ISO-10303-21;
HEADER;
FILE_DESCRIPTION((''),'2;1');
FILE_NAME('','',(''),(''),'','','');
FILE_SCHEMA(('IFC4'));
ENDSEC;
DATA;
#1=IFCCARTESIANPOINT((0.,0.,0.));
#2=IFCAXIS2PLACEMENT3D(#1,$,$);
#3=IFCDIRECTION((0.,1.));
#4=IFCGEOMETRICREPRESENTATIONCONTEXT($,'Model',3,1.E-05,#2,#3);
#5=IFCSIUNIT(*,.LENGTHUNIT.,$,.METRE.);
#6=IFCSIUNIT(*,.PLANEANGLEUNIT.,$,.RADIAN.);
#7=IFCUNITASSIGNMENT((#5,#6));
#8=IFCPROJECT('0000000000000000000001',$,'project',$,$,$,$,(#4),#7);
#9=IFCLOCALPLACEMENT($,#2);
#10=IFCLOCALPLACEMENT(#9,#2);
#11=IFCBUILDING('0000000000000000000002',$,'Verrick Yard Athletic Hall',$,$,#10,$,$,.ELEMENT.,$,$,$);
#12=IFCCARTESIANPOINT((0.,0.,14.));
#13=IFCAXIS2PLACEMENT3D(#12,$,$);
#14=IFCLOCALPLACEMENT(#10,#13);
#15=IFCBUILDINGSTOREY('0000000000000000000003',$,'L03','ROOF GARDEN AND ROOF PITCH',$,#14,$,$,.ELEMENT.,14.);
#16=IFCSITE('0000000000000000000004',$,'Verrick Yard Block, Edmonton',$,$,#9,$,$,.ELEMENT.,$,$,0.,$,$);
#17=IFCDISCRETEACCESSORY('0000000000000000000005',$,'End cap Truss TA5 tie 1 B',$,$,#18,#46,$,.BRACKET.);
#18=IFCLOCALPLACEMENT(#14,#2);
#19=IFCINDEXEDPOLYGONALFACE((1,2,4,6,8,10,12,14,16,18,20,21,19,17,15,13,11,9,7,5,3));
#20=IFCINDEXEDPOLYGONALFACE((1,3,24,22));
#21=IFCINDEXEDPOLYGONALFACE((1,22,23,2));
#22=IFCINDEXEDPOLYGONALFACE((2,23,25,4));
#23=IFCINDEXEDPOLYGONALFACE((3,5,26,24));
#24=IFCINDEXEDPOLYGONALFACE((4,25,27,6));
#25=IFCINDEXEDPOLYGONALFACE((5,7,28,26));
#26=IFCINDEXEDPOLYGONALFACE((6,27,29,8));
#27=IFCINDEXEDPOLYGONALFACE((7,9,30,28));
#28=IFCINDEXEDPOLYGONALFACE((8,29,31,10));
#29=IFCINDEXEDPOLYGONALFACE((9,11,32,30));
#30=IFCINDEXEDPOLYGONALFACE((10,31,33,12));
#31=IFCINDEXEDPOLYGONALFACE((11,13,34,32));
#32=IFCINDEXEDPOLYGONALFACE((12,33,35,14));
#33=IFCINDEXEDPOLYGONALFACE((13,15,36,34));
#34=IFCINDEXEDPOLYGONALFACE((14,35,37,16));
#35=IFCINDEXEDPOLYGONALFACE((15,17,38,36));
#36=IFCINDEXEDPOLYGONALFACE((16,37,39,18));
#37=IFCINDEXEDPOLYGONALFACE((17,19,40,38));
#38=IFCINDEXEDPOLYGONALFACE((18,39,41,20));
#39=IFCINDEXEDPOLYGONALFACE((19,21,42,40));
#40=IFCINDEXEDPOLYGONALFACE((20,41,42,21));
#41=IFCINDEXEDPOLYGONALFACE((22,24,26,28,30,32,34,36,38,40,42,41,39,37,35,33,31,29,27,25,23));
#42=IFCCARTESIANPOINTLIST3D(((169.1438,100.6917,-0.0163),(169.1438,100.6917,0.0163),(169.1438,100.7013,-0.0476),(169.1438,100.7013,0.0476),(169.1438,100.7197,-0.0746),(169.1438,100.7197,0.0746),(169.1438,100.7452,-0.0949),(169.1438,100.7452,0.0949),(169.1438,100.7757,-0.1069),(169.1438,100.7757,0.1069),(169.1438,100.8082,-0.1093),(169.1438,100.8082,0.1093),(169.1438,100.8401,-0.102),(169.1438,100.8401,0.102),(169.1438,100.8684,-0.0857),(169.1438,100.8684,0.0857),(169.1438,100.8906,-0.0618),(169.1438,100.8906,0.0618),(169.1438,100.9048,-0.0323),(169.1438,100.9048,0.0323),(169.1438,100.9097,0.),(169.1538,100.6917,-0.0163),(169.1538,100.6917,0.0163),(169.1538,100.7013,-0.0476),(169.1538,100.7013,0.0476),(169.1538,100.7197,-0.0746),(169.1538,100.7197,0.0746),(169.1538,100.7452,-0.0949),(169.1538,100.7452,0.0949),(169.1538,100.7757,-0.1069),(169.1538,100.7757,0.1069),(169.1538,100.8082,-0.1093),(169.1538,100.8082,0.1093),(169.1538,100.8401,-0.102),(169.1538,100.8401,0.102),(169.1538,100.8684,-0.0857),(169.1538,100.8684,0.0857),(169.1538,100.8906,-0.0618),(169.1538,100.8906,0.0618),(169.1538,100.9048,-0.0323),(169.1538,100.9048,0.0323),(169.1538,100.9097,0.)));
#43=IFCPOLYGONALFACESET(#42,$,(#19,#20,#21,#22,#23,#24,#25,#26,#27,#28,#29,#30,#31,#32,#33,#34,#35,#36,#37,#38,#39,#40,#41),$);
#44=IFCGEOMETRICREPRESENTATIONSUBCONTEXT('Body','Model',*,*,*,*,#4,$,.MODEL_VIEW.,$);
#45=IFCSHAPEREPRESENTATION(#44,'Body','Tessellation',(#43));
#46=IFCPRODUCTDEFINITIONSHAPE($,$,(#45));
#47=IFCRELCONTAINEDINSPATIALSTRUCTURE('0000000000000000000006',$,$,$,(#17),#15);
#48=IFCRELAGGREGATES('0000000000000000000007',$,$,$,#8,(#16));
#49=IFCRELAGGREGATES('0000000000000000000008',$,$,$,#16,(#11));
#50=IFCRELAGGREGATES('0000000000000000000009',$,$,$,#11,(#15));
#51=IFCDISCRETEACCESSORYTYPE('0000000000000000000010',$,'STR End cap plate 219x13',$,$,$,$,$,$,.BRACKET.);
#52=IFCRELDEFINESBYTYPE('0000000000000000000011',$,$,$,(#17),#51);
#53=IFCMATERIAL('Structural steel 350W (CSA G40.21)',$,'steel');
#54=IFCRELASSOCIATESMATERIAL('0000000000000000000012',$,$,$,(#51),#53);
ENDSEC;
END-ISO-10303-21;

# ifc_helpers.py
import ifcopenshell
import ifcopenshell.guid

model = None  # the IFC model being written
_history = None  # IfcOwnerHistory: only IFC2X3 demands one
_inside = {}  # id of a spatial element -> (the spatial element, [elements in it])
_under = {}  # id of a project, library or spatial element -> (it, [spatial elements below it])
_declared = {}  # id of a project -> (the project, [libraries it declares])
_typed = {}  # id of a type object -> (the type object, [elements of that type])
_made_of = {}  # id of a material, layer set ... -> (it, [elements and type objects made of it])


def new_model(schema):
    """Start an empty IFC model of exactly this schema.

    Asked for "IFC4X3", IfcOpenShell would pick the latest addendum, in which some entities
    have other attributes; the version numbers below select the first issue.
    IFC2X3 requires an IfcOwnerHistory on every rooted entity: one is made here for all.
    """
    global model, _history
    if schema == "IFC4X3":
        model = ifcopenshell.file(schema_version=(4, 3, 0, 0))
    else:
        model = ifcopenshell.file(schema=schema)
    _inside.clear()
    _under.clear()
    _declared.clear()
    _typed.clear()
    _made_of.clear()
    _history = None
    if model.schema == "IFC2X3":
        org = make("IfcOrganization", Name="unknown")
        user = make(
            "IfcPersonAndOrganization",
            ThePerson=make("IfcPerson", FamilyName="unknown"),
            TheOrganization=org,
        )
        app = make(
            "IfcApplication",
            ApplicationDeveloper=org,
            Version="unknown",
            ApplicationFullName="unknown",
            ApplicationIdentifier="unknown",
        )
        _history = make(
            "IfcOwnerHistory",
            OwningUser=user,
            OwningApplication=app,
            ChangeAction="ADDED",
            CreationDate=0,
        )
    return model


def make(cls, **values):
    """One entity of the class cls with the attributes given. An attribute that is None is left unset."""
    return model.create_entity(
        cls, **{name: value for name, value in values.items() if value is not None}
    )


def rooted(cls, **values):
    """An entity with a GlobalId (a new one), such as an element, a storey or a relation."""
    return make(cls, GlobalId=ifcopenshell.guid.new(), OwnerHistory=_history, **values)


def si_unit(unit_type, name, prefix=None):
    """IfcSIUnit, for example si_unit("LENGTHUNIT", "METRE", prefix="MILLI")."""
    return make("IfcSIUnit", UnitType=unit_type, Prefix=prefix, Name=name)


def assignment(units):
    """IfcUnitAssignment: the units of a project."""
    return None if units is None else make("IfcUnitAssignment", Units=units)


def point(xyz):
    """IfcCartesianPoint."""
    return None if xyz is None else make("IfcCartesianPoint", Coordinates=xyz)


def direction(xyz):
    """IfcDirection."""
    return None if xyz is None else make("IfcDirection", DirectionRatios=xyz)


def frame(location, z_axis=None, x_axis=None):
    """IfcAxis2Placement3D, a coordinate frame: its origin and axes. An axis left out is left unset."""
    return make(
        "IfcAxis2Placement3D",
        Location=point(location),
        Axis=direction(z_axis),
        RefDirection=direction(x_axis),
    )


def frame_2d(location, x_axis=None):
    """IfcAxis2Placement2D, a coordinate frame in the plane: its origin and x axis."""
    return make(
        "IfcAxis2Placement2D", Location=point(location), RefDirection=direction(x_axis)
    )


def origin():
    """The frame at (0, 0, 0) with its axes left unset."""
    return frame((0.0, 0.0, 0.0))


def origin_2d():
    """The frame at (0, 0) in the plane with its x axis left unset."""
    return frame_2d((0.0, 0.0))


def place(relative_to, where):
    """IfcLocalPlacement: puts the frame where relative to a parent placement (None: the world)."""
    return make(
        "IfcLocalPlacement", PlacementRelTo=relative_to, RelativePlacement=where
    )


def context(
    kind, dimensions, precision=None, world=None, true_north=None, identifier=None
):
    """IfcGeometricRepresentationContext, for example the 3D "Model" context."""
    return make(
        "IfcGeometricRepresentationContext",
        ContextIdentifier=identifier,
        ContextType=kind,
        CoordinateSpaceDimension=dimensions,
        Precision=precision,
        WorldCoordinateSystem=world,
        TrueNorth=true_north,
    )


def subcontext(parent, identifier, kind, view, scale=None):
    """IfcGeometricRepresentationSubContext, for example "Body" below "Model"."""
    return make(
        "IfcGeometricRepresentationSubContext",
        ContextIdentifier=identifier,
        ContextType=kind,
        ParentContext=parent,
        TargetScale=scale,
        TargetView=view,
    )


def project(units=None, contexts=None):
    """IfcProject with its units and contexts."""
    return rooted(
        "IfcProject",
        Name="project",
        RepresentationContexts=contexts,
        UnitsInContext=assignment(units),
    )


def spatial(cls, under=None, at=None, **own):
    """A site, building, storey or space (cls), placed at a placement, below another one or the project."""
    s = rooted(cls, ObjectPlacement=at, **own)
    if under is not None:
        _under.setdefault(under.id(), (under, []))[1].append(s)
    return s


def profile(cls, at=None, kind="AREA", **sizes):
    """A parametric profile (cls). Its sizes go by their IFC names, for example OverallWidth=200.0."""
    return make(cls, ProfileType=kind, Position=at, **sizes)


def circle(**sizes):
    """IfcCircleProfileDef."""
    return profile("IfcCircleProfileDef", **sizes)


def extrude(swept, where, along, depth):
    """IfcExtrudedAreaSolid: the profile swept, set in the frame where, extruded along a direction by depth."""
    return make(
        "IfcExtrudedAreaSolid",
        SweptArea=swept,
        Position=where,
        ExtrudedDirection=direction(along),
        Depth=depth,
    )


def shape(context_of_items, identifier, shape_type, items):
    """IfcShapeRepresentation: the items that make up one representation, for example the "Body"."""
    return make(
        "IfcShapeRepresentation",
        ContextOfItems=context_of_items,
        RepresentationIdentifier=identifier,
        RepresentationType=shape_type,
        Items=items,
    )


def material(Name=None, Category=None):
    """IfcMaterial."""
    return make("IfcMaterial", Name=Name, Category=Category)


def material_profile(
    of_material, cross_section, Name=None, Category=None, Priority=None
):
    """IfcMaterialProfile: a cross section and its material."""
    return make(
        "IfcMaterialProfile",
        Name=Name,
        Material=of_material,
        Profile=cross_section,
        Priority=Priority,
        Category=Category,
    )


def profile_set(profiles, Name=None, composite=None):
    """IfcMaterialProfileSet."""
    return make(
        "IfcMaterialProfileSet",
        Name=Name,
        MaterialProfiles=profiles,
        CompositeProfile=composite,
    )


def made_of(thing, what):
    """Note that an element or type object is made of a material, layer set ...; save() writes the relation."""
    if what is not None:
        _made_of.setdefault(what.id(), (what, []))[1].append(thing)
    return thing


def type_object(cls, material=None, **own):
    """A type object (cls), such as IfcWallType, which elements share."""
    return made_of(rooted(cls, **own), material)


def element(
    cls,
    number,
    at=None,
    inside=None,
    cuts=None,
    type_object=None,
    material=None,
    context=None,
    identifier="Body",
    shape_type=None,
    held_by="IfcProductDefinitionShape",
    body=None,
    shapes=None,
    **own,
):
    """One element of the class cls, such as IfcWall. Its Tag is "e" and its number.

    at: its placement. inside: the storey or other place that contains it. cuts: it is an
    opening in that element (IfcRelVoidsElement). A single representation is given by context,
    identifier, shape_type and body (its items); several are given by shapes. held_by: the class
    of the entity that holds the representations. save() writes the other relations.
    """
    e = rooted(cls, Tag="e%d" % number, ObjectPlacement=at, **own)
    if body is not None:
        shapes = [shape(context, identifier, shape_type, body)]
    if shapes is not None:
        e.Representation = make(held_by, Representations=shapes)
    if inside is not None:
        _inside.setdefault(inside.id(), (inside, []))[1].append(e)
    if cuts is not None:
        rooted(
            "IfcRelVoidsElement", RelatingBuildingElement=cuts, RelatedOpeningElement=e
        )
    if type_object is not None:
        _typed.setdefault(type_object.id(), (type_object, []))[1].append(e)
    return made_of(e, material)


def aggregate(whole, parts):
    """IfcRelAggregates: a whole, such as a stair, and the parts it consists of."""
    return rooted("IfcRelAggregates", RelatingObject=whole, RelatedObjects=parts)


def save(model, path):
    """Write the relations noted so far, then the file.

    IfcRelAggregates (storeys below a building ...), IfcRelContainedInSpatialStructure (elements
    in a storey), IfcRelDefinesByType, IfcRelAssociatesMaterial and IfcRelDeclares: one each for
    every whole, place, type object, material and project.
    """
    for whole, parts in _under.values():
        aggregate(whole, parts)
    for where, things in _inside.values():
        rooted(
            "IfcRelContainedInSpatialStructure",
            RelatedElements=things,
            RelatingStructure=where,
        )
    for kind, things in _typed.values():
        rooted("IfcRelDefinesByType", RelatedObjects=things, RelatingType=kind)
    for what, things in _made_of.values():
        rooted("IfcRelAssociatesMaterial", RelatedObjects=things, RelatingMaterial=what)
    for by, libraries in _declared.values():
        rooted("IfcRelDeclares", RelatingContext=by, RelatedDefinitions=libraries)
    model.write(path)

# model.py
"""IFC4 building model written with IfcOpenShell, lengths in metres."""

from ifc_helpers import new_model, si_unit, direction, frame, origin, origin_2d, place, context, subcontext, project, spatial, circle, extrude, material, material_profile, profile_set, type_object, element, save


model = new_model("IFC4")

# Units and contexts
model_context = context("Model", 3, precision=1e-05, world=origin(), true_north=direction((0.0, 1.0)))
body_context = subcontext(model_context, "Body", "Model", "MODEL_VIEW")
ifc_project = project(units=[si_unit("LENGTHUNIT", "METRE"), si_unit("PLANEANGLEUNIT", "RADIAN")], contexts=[model_context])

# Site, building, storey
site_placement = place(None, origin())
site = spatial("IfcSite", under=ifc_project, at=site_placement, Name="Verrick Yard Block, Edmonton", CompositionType="ELEMENT", RefElevation=0.0)
building_placement = place(site_placement, origin())
building = spatial("IfcBuilding", under=site, at=building_placement, Name="Verrick Yard Athletic Hall", CompositionType="ELEMENT")
storey_placement = place(building_placement, frame((0.0, 0.0, 14.0)))
storey = spatial("IfcBuildingStorey", under=building, at=storey_placement, Name="L03", Description="ROOF GARDEN AND ROOF PITCH", CompositionType="ELEMENT", Elevation=14.0)

# Discrete accessory
ifc_material_1 = material(Name="Structural steel 350W (CSA G40.21)", Category="steel")
ifc_material_profile_1 = material_profile(ifc_material_1, circle(Radius=0.1096, at=origin_2d()), Name="STR End cap plate 219x13")
ifc_profile_set_1 = profile_set([ifc_material_profile_1], Name="Structural steel 350W (CSA G40.21)")
discrete_accessory_type_1 = type_object("IfcDiscreteAccessoryType", Name="STR End cap plate 219x13", PredefinedType="BRACKET", material=ifc_profile_set_1)
discrete_accessory_1_placement = place(storey_placement, frame((169.1438, 100.8, 0.0), z_axis=(1.0, 0.0, 0.0), x_axis=(0.0, 1.0, 0.0)))
element("IfcDiscreteAccessory", 1, at=discrete_accessory_1_placement, inside=storey, type_object=discrete_accessory_type_1, Name="End cap Truss TA5 tie 1 B", PredefinedType="BRACKET", context=body_context, shape_type="SweptSolid", body=[
    extrude(circle(Radius=0.1096, at=origin_2d()), origin(), (0.0, 0.0, 1.0), 0.01),
])

save(model, "model.ifc")
